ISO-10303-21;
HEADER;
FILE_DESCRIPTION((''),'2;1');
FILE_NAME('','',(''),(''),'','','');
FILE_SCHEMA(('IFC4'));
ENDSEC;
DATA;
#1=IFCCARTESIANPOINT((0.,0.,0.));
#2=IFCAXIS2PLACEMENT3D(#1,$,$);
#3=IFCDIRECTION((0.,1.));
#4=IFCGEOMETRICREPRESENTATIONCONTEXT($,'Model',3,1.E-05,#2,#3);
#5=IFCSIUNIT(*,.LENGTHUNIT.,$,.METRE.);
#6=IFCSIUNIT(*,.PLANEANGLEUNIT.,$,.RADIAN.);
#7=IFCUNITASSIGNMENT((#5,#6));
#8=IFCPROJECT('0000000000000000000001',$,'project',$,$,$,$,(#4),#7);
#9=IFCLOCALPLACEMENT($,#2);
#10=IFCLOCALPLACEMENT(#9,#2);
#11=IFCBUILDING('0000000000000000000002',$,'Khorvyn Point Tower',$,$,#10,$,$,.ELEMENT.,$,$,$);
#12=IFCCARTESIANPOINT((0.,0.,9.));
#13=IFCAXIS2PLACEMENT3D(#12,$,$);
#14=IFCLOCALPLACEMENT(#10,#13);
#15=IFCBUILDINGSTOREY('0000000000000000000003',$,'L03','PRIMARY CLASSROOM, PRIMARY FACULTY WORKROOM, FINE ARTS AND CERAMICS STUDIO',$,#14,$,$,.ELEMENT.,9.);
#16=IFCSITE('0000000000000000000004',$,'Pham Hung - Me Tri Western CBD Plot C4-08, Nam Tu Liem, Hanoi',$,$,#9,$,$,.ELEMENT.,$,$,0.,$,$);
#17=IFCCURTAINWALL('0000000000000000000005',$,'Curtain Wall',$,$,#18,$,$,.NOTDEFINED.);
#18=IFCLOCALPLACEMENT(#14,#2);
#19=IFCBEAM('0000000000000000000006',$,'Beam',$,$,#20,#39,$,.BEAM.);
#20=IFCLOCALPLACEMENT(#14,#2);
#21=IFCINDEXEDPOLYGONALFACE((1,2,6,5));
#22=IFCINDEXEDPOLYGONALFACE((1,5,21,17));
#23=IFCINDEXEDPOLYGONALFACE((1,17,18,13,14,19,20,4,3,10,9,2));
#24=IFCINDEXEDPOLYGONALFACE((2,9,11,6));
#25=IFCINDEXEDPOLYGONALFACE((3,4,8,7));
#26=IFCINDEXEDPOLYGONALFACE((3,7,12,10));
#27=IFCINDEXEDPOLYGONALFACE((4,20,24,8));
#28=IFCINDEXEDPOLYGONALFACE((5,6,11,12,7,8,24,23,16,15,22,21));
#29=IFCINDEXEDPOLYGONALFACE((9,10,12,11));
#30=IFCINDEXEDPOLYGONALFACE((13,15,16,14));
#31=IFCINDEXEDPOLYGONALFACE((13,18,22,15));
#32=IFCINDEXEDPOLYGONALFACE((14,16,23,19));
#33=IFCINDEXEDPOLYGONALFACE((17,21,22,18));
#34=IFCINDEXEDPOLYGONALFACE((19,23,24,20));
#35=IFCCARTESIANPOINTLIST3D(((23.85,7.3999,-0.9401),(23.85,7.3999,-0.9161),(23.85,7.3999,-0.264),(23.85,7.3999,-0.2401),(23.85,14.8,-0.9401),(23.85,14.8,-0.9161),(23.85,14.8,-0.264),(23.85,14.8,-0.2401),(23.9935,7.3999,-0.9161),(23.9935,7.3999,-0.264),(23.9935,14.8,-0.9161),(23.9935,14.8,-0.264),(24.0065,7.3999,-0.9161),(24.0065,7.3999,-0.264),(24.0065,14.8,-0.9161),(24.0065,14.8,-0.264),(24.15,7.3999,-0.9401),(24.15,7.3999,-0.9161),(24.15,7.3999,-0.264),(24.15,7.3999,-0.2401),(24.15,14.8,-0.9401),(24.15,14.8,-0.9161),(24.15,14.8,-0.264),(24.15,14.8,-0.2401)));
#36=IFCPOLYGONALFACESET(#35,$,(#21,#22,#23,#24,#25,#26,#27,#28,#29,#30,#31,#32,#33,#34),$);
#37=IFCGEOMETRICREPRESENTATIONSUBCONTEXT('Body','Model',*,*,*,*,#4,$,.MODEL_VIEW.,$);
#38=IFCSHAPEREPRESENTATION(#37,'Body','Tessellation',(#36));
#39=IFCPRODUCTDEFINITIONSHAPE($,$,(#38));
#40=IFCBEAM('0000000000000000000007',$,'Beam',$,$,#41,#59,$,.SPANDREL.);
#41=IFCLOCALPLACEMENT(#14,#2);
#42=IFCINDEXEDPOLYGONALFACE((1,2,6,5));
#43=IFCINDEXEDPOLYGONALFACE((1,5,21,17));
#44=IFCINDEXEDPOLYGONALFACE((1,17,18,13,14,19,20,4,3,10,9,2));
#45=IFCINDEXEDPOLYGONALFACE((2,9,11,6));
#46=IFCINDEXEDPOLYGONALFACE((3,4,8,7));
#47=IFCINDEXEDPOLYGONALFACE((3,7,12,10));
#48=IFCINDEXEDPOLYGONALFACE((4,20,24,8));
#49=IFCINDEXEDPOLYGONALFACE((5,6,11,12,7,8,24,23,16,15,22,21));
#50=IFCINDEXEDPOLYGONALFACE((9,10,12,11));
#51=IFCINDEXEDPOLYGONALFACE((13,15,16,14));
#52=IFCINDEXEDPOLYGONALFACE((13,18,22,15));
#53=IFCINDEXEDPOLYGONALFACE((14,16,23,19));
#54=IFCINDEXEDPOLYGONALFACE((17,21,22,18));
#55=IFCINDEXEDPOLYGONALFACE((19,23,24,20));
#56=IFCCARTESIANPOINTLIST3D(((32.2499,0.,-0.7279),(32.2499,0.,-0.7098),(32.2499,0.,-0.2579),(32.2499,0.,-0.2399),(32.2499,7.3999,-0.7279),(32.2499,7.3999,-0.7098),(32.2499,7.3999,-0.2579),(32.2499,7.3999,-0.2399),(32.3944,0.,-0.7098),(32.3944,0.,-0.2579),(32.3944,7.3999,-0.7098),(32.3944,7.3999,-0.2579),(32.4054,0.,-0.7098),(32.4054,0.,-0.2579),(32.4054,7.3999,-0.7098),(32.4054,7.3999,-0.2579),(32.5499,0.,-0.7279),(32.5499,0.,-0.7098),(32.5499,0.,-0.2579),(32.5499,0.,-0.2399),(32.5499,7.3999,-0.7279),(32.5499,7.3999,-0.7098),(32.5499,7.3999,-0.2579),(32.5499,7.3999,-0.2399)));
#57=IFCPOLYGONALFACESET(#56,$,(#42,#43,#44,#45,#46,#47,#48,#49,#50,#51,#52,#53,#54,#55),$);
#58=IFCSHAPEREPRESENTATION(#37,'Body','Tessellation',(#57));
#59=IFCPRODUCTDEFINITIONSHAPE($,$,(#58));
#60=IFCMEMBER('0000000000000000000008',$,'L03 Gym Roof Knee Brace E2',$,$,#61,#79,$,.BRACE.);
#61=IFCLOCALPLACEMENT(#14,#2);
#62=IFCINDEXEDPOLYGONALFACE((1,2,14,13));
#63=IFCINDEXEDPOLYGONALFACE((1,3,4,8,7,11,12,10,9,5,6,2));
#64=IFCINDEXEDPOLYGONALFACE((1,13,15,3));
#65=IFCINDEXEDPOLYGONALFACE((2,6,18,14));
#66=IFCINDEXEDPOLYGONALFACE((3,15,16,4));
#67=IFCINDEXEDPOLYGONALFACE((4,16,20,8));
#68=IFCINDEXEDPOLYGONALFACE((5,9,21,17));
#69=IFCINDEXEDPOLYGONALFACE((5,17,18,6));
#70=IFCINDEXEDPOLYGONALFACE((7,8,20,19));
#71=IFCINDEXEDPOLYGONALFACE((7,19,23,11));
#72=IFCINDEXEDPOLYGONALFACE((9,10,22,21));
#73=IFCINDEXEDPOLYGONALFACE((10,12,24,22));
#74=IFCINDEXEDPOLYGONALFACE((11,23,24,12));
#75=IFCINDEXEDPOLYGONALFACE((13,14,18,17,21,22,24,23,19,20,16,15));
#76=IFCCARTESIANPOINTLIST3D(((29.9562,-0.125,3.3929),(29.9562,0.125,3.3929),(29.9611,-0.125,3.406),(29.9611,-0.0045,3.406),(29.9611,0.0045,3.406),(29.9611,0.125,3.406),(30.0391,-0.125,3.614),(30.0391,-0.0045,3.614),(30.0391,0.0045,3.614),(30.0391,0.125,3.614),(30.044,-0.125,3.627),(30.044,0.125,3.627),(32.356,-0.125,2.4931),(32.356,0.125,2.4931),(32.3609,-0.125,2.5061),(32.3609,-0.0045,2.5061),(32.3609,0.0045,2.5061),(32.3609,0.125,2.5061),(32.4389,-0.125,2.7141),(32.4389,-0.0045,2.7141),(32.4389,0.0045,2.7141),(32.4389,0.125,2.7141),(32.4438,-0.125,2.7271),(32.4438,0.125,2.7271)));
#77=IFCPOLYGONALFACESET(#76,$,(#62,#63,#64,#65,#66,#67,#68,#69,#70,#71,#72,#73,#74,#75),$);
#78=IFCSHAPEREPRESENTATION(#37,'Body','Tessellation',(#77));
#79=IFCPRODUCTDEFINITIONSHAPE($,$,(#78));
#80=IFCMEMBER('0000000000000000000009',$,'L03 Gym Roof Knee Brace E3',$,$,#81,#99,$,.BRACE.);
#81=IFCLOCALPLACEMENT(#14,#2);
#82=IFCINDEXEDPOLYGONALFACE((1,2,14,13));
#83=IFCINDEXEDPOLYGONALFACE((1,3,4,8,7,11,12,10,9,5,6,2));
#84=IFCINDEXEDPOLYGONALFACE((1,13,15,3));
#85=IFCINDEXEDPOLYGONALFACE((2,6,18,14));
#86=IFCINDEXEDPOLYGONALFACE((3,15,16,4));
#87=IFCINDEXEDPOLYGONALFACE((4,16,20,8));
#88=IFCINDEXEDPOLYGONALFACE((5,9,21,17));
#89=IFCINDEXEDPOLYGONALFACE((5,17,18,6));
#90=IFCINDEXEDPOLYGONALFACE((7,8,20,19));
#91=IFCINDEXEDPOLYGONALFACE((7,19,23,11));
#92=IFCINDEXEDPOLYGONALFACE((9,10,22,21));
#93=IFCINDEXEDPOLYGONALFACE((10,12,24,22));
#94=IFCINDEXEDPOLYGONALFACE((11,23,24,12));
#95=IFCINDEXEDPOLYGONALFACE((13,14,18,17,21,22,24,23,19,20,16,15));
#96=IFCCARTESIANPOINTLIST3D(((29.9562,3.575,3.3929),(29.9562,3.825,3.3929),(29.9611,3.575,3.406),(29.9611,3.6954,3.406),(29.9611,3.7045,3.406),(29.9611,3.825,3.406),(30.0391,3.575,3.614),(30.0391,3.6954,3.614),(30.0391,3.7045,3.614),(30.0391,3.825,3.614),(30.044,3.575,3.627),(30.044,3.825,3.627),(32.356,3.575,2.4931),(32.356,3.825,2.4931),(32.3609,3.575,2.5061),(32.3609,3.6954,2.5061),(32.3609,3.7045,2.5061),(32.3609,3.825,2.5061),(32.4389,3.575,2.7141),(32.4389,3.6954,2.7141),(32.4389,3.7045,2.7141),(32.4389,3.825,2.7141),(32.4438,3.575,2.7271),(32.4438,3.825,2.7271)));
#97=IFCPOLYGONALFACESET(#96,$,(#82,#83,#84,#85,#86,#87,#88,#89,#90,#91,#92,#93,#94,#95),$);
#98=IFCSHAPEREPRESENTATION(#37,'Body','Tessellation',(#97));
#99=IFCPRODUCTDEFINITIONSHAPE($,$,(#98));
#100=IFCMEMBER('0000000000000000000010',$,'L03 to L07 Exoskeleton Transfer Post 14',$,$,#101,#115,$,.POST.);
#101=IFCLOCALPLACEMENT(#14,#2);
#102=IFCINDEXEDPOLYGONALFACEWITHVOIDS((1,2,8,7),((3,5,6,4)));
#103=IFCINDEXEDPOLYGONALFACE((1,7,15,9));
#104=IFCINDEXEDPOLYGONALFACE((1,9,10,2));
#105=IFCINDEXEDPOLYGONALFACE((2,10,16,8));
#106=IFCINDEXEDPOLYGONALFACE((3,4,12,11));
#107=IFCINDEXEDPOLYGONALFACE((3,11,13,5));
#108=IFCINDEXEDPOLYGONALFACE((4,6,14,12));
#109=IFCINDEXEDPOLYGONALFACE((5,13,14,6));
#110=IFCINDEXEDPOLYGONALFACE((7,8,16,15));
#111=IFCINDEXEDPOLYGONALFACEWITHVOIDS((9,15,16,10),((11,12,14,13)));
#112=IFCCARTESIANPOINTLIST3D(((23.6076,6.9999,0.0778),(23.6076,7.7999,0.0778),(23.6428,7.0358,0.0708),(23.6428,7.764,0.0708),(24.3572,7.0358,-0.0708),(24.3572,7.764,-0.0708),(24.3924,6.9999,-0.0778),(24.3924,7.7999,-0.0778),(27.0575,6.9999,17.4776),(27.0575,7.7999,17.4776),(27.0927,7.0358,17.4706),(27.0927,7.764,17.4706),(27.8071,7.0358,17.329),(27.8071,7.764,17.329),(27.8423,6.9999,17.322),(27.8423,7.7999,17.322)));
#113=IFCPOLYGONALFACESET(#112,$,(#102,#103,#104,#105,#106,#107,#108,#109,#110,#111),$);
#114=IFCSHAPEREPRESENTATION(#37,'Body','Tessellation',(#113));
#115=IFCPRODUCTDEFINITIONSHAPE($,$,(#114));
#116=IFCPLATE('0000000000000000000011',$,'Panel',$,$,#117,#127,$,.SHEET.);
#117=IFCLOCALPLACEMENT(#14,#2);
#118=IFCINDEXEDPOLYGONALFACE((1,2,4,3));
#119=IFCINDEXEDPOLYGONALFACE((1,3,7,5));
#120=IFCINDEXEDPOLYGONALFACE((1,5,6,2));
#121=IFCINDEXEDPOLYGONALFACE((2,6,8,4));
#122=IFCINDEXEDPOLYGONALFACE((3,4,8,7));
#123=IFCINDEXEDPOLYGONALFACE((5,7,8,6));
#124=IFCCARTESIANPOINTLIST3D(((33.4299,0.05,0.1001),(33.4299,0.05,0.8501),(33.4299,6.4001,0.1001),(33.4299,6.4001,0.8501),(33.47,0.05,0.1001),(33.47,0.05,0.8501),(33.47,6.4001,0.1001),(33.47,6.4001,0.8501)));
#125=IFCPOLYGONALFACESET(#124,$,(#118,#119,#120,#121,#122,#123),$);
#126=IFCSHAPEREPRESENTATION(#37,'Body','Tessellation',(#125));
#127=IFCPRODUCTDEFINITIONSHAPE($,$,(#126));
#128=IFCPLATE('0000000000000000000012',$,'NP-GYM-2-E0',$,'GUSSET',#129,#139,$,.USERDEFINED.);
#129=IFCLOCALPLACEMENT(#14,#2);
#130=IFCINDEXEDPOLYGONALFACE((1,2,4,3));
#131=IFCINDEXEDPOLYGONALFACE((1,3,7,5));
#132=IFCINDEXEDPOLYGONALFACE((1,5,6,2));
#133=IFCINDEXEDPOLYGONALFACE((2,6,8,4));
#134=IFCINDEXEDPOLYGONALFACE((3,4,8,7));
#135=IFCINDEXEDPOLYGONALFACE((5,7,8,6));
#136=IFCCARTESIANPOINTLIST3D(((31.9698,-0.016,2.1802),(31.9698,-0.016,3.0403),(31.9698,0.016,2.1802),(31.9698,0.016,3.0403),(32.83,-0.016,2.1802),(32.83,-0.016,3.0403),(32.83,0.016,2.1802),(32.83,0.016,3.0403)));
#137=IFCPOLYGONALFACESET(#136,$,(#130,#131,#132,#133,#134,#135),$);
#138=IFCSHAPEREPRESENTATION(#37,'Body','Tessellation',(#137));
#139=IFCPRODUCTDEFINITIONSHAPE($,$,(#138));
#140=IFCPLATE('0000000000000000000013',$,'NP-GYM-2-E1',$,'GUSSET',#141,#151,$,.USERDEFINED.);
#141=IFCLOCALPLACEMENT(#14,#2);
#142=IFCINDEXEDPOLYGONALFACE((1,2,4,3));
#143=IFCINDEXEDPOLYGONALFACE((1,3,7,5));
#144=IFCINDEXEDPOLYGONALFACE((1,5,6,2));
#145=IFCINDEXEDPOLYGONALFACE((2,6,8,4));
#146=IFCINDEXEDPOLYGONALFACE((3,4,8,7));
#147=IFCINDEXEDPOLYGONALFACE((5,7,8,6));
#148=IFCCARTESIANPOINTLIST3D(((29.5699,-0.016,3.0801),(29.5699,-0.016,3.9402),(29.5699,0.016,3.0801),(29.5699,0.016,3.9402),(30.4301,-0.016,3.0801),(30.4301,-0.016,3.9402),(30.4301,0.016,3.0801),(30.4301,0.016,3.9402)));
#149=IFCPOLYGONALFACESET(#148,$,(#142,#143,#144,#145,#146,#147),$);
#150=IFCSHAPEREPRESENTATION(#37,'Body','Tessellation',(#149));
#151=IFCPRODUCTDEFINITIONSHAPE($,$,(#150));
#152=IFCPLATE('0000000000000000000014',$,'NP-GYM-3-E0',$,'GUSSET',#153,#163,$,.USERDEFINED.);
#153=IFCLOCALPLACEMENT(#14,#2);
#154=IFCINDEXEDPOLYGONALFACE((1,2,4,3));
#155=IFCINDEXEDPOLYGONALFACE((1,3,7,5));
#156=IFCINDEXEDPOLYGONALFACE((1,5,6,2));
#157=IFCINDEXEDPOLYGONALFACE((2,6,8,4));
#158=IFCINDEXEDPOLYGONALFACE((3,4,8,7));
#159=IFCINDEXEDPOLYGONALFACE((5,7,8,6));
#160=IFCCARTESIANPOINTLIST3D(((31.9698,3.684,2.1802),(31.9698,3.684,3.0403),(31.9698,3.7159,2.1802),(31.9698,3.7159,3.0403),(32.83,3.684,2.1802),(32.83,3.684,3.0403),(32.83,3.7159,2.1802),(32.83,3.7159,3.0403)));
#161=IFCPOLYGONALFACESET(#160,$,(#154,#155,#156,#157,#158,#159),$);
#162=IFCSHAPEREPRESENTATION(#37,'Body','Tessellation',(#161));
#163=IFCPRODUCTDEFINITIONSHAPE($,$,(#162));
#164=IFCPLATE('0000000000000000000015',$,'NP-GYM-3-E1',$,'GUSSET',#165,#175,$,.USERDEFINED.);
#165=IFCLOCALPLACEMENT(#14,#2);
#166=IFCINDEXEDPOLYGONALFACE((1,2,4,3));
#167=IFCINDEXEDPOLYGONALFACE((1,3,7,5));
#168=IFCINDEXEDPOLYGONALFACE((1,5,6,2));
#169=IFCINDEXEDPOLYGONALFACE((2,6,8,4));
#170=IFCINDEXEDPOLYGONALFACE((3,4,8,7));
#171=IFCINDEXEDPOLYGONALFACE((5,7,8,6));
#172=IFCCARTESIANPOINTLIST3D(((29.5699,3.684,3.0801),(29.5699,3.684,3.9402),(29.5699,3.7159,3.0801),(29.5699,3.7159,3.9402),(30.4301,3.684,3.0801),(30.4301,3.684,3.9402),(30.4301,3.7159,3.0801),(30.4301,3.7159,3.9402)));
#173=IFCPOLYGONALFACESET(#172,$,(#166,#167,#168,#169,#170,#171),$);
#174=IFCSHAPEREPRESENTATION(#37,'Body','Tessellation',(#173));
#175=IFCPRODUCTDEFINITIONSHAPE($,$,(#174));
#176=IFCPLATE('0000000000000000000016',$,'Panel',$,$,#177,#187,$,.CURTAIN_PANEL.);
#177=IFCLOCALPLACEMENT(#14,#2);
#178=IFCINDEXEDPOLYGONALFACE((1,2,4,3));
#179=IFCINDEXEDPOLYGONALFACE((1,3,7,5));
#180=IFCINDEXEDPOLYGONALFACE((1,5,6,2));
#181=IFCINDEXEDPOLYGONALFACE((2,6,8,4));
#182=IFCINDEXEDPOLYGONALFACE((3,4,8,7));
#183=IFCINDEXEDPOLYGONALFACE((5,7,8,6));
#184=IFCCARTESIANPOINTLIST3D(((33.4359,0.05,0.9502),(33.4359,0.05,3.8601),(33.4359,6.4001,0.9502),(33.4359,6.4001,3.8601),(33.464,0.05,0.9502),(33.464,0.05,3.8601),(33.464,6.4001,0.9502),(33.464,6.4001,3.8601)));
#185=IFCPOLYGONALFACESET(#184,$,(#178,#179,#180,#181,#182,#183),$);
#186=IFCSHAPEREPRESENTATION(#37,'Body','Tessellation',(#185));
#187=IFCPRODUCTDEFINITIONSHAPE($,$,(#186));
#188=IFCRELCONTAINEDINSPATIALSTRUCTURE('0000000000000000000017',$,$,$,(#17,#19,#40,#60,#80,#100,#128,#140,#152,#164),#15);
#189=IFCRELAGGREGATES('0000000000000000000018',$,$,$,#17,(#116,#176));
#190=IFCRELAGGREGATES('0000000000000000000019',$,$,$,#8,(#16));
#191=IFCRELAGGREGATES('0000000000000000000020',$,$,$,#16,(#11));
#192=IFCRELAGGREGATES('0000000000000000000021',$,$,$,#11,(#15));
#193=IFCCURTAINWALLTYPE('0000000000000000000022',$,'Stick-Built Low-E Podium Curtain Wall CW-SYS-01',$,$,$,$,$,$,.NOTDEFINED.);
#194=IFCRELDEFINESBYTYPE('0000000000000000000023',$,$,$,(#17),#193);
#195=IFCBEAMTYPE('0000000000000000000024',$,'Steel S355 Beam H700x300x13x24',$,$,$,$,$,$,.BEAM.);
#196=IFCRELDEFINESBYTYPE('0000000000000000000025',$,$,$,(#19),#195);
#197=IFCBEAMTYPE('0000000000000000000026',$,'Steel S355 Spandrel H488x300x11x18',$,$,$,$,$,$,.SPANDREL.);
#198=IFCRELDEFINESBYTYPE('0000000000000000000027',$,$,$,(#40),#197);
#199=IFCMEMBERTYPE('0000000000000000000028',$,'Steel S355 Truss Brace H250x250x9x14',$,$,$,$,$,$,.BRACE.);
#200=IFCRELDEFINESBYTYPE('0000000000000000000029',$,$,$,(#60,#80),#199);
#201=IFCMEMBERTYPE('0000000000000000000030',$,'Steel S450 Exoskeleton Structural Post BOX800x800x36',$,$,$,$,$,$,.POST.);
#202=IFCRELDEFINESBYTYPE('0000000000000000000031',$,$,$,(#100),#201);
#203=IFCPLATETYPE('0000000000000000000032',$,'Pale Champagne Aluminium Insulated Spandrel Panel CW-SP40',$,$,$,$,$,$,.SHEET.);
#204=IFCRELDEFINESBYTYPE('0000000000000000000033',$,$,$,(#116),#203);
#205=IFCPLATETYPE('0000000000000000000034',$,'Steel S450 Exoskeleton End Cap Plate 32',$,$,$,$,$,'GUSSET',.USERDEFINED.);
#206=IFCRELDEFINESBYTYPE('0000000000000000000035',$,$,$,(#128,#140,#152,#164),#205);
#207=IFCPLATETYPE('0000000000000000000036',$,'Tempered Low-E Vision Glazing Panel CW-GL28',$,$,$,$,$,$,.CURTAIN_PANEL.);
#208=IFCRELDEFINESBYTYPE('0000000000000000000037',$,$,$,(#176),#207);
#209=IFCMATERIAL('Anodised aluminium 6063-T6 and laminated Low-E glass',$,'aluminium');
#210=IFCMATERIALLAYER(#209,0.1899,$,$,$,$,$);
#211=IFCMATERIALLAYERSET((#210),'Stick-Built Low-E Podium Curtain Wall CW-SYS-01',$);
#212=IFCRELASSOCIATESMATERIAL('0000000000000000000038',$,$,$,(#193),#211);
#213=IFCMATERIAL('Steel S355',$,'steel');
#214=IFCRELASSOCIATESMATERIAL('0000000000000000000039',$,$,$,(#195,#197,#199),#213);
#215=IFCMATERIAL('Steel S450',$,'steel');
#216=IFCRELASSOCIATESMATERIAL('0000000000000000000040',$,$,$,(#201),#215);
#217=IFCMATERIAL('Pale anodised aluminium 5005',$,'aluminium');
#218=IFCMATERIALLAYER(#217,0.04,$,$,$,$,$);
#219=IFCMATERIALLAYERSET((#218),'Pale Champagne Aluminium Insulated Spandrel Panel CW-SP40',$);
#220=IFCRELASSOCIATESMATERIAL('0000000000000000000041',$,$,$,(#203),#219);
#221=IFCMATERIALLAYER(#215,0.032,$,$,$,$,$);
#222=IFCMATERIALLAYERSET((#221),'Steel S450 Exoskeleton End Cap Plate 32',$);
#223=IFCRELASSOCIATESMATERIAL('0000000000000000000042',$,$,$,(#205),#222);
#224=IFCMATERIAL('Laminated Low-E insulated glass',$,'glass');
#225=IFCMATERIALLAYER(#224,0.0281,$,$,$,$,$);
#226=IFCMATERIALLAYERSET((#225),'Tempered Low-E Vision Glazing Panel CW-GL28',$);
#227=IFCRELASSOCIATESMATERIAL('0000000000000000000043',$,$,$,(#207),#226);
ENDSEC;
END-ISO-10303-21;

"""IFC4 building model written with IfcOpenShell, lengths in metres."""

from ifc_helpers import new_model, si_unit, direction, frame, origin, origin_2d, place, context, subcontext, project, spatial, rectangle, hollow_rectangle, i_section, extrude, material, layer, layer_set, material_profile, profile_set, type_object, element, aggregate, save


model = new_model("IFC4")

# Units and contexts
model_context = context("Model", 3, precision=1e-05, world=origin(), true_north=direction((0.0, 1.0)))
body_context = subcontext(model_context, "Body", "Model", "MODEL_VIEW")
ifc_project = project(units=[si_unit("LENGTHUNIT", "METRE"), si_unit("PLANEANGLEUNIT", "RADIAN")], contexts=[model_context])

# Site, building, storey
site_placement = place(None, origin())
site = spatial("IfcSite", under=ifc_project, at=site_placement, Name="Pham Hung - Me Tri Western CBD Plot C4-08, Nam Tu Liem, Hanoi", CompositionType="ELEMENT", RefElevation=0.0)
building_placement = place(site_placement, origin())
building = spatial("IfcBuilding", under=site, at=building_placement, Name="Khorvyn Point Tower", CompositionType="ELEMENT")
storey_placement = place(building_placement, frame((0.0, 0.0, 9.0)))
storey = spatial("IfcBuildingStorey", under=building, at=storey_placement, Name="L03", Description="PRIMARY CLASSROOM, PRIMARY FACULTY WORKROOM, FINE ARTS AND CERAMICS STUDIO", CompositionType="ELEMENT", Elevation=9.0)

# Curtain wall
ifc_material_1 = material(Name="Anodised aluminium 6063-T6 and laminated Low-E glass", Category="aluminium")
ifc_layer_1 = layer(ifc_material_1, 0.1899)
ifc_layer_set_1 = layer_set([ifc_layer_1], Name="Stick-Built Low-E Podium Curtain Wall CW-SYS-01")
curtain_wall_type = type_object("IfcCurtainWallType", Name="Stick-Built Low-E Podium Curtain Wall CW-SYS-01", PredefinedType="NOTDEFINED", material=ifc_layer_set_1)
curtain_wall_placement = place(storey_placement, origin())
curtain_wall = element("IfcCurtainWall", 1, at=curtain_wall_placement, inside=storey, type_object=curtain_wall_type, Name="Curtain Wall", PredefinedType="NOTDEFINED")

# Beams
ifc_material_2 = material(Name="Steel S355", Category="steel")
ifc_material_profile_1 = material_profile(ifc_material_2, i_section(OverallWidth=0.3, OverallDepth=0.7, WebThickness=0.0129, FlangeThickness=0.0239, at=origin_2d()))
ifc_profile_set_1 = profile_set([ifc_material_profile_1], Name="Steel S355 H700x300x13x24")
beam_type_1 = type_object("IfcBeamType", Name="Steel S355 Beam H700x300x13x24", PredefinedType="BEAM", material=ifc_profile_set_1)
beam_1_placement = place(storey_placement, frame((24.0, 7.3999, -0.5901), z_axis=(0.0, 1.0, 0.0), x_axis=(-1.0, 0.0, 0.0)))
element("IfcBeam", 2, at=beam_1_placement, inside=storey, type_object=beam_type_1, Name="Beam", PredefinedType="BEAM", context=body_context, shape_type="SweptSolid", body=[
    extrude(i_section(OverallWidth=0.3, OverallDepth=0.7, WebThickness=0.0129, FlangeThickness=0.0239, at=origin_2d()), origin(), (0.0, 0.0, 1.0), 7.4001),
])
ifc_material_profile_2 = material_profile(ifc_material_2, i_section(OverallWidth=0.3, OverallDepth=0.488, WebThickness=0.011, FlangeThickness=0.0181, at=origin_2d()))
ifc_profile_set_2 = profile_set([ifc_material_profile_2], Name="Steel S355 H488x300x11x18")
beam_type_2 = type_object("IfcBeamType", Name="Steel S355 Spandrel H488x300x11x18", PredefinedType="SPANDREL", material=ifc_profile_set_2)
beam_2_placement = place(storey_placement, frame((32.3999, 0.0, -0.4839), z_axis=(0.0, 1.0, 0.0), x_axis=(-1.0, 0.0, 0.0)))
element("IfcBeam", 3, at=beam_2_placement, inside=storey, type_object=beam_type_2, Name="Beam", PredefinedType="SPANDREL", context=body_context, shape_type="SweptSolid", body=[
    extrude(i_section(OverallWidth=0.3, OverallDepth=0.488, WebThickness=0.011, FlangeThickness=0.0181, at=origin_2d()), origin(), (0.0, 0.0, 1.0), 7.3999),
])

# Members
ifc_material_profile_3 = material_profile(ifc_material_2, i_section(OverallWidth=0.25, OverallDepth=0.25, WebThickness=0.009, FlangeThickness=0.0139, at=origin_2d()))
ifc_profile_set_3 = profile_set([ifc_material_profile_3], Name="Steel S355 H250x250x9x14")
member_type_1 = type_object("IfcMemberType", Name="Steel S355 Truss Brace H250x250x9x14", PredefinedType="BRACE", material=ifc_profile_set_3)
for number, where, z_axis, x_axis, name in (
    (4, (32.3999, 0.0, 2.6101), (-0.936337, 0.0, 0.351103), (0.0, -1.0, 0.0), "L03 Gym Roof Knee Brace E2"),
    (5, (32.3999, 3.7, 2.6101), (-0.936337, 0.0, 0.351103), (0.0, -1.0, 0.0), "L03 Gym Roof Knee Brace E3"),
):
    element("IfcMember", number, at=place(storey_placement, frame(where, z_axis=z_axis, x_axis=x_axis)), inside=storey, type_object=member_type_1, Name=name, PredefinedType="BRACE", context=body_context, shape_type="SweptSolid", body=[
        extrude(i_section(OverallWidth=0.25, OverallDepth=0.25, WebThickness=0.009, FlangeThickness=0.0139, at=origin_2d()), origin(), (0.0, 0.0, 1.0), 2.563),
    ])
ifc_material_3 = material(Name="Steel S450", Category="steel")
ifc_material_profile_4 = material_profile(ifc_material_3, hollow_rectangle(XDim=0.8, YDim=0.8, WallThickness=0.0359, at=origin_2d()))
ifc_profile_set_4 = profile_set([ifc_material_profile_4], Name="Steel S450 BOX800x800x36")
member_type_2 = type_object("IfcMemberType", Name="Steel S450 Exoskeleton Structural Post BOX800x800x36", PredefinedType="POST", material=ifc_profile_set_4)
member_1_placement = place(storey_placement, frame((24.0, 7.3999, 0.0), z_axis=(0.194488, 0.0, 0.980905), x_axis=(0.0, 1.0, 0.0)))
element("IfcMember", 6, at=member_1_placement, inside=storey, type_object=member_type_2, Name="L03 to L07 Exoskeleton Transfer Post 14", PredefinedType="POST", context=body_context, shape_type="SweptSolid", body=[
    extrude(hollow_rectangle(XDim=0.8, YDim=0.8, WallThickness=0.0359, at=origin_2d()), origin(), (0.0, 0.0, 1.0), 17.7385),
])

# Plate
ifc_material_4 = material(Name="Pale anodised aluminium 5005", Category="aluminium")
ifc_layer_2 = layer(ifc_material_4, 0.04)
ifc_layer_set_2 = layer_set([ifc_layer_2], Name="Pale Champagne Aluminium Insulated Spandrel Panel CW-SP40")
plate_type_1 = type_object("IfcPlateType", Name="Pale Champagne Aluminium Insulated Spandrel Panel CW-SP40", PredefinedType="SHEET", material=ifc_layer_set_2)
plate_1_placement = place(storey_placement, frame((33.45, 3.2251, 0.1001), z_axis=(0.0, 0.0, 1.0), x_axis=(0.0, 1.0, 0.0)))
plate_1 = element("IfcPlate", 7, at=plate_1_placement, type_object=plate_type_1, Name="Panel", PredefinedType="SHEET", context=body_context, shape_type="SweptSolid", body=[
    extrude(rectangle(XDim=6.3501, YDim=0.04, at=origin_2d()), origin(), (0.0, 0.0, 1.0), 0.75),
])

# Plates
ifc_layer_3 = layer(ifc_material_3, 0.032)
ifc_layer_set_3 = layer_set([ifc_layer_3], Name="Steel S450 Exoskeleton End Cap Plate 32")
plate_type_2 = type_object("IfcPlateType", Name="Steel S450 Exoskeleton End Cap Plate 32", ElementType="GUSSET", PredefinedType="USERDEFINED", material=ifc_layer_set_3)
for number, where, z_axis, x_axis, name in (
    (8, (32.3999, 0.0, 2.1802), (0.0, 0.0, 1.0), (1.0, 0.0, 0.0), "NP-GYM-2-E0"),
    (9, (30.0, 0.0, 3.0801), (0.0, 0.0, 1.0), (1.0, 0.0, 0.0), "NP-GYM-2-E1"),
    (10, (32.3999, 3.7, 2.1802), (0.0, 0.0, 1.0), (1.0, 0.0, 0.0), "NP-GYM-3-E0"),
    (11, (30.0, 3.7, 3.0801), (0.0, 0.0, 1.0), (1.0, 0.0, 0.0), "NP-GYM-3-E1"),
):
    element("IfcPlate", number, at=place(storey_placement, frame(where, z_axis=z_axis, x_axis=x_axis)), inside=storey, type_object=plate_type_2, Name=name, ObjectType="GUSSET", PredefinedType="USERDEFINED", context=body_context, shape_type="SweptSolid", body=[
        extrude(rectangle(XDim=0.8601, YDim=0.032, at=origin_2d()), origin(), (0.0, 0.0, 1.0), 0.8601),
    ])

# Plate
ifc_material_5 = material(Name="Laminated Low-E insulated glass", Category="glass")
ifc_layer_4 = layer(ifc_material_5, 0.0281)
ifc_layer_set_4 = layer_set([ifc_layer_4], Name="Tempered Low-E Vision Glazing Panel CW-GL28")
plate_type_3 = type_object("IfcPlateType", Name="Tempered Low-E Vision Glazing Panel CW-GL28", PredefinedType="CURTAIN_PANEL", material=ifc_layer_set_4)
plate_2_placement = place(storey_placement, frame((33.45, 3.2251, 0.9502), z_axis=(0.0, 0.0, 1.0), x_axis=(0.0, 1.0, 0.0)))
plate_2 = element("IfcPlate", 12, at=plate_2_placement, type_object=plate_type_3, Name="Panel", PredefinedType="CURTAIN_PANEL", context=body_context, shape_type="SweptSolid", body=[
    extrude(rectangle(XDim=6.3501, YDim=0.0281, at=origin_2d()), origin(), (0.0, 0.0, 1.0), 2.9099),
])
aggregate(curtain_wall, [plate_1, plate_2])

save(model, "model.ifc")
